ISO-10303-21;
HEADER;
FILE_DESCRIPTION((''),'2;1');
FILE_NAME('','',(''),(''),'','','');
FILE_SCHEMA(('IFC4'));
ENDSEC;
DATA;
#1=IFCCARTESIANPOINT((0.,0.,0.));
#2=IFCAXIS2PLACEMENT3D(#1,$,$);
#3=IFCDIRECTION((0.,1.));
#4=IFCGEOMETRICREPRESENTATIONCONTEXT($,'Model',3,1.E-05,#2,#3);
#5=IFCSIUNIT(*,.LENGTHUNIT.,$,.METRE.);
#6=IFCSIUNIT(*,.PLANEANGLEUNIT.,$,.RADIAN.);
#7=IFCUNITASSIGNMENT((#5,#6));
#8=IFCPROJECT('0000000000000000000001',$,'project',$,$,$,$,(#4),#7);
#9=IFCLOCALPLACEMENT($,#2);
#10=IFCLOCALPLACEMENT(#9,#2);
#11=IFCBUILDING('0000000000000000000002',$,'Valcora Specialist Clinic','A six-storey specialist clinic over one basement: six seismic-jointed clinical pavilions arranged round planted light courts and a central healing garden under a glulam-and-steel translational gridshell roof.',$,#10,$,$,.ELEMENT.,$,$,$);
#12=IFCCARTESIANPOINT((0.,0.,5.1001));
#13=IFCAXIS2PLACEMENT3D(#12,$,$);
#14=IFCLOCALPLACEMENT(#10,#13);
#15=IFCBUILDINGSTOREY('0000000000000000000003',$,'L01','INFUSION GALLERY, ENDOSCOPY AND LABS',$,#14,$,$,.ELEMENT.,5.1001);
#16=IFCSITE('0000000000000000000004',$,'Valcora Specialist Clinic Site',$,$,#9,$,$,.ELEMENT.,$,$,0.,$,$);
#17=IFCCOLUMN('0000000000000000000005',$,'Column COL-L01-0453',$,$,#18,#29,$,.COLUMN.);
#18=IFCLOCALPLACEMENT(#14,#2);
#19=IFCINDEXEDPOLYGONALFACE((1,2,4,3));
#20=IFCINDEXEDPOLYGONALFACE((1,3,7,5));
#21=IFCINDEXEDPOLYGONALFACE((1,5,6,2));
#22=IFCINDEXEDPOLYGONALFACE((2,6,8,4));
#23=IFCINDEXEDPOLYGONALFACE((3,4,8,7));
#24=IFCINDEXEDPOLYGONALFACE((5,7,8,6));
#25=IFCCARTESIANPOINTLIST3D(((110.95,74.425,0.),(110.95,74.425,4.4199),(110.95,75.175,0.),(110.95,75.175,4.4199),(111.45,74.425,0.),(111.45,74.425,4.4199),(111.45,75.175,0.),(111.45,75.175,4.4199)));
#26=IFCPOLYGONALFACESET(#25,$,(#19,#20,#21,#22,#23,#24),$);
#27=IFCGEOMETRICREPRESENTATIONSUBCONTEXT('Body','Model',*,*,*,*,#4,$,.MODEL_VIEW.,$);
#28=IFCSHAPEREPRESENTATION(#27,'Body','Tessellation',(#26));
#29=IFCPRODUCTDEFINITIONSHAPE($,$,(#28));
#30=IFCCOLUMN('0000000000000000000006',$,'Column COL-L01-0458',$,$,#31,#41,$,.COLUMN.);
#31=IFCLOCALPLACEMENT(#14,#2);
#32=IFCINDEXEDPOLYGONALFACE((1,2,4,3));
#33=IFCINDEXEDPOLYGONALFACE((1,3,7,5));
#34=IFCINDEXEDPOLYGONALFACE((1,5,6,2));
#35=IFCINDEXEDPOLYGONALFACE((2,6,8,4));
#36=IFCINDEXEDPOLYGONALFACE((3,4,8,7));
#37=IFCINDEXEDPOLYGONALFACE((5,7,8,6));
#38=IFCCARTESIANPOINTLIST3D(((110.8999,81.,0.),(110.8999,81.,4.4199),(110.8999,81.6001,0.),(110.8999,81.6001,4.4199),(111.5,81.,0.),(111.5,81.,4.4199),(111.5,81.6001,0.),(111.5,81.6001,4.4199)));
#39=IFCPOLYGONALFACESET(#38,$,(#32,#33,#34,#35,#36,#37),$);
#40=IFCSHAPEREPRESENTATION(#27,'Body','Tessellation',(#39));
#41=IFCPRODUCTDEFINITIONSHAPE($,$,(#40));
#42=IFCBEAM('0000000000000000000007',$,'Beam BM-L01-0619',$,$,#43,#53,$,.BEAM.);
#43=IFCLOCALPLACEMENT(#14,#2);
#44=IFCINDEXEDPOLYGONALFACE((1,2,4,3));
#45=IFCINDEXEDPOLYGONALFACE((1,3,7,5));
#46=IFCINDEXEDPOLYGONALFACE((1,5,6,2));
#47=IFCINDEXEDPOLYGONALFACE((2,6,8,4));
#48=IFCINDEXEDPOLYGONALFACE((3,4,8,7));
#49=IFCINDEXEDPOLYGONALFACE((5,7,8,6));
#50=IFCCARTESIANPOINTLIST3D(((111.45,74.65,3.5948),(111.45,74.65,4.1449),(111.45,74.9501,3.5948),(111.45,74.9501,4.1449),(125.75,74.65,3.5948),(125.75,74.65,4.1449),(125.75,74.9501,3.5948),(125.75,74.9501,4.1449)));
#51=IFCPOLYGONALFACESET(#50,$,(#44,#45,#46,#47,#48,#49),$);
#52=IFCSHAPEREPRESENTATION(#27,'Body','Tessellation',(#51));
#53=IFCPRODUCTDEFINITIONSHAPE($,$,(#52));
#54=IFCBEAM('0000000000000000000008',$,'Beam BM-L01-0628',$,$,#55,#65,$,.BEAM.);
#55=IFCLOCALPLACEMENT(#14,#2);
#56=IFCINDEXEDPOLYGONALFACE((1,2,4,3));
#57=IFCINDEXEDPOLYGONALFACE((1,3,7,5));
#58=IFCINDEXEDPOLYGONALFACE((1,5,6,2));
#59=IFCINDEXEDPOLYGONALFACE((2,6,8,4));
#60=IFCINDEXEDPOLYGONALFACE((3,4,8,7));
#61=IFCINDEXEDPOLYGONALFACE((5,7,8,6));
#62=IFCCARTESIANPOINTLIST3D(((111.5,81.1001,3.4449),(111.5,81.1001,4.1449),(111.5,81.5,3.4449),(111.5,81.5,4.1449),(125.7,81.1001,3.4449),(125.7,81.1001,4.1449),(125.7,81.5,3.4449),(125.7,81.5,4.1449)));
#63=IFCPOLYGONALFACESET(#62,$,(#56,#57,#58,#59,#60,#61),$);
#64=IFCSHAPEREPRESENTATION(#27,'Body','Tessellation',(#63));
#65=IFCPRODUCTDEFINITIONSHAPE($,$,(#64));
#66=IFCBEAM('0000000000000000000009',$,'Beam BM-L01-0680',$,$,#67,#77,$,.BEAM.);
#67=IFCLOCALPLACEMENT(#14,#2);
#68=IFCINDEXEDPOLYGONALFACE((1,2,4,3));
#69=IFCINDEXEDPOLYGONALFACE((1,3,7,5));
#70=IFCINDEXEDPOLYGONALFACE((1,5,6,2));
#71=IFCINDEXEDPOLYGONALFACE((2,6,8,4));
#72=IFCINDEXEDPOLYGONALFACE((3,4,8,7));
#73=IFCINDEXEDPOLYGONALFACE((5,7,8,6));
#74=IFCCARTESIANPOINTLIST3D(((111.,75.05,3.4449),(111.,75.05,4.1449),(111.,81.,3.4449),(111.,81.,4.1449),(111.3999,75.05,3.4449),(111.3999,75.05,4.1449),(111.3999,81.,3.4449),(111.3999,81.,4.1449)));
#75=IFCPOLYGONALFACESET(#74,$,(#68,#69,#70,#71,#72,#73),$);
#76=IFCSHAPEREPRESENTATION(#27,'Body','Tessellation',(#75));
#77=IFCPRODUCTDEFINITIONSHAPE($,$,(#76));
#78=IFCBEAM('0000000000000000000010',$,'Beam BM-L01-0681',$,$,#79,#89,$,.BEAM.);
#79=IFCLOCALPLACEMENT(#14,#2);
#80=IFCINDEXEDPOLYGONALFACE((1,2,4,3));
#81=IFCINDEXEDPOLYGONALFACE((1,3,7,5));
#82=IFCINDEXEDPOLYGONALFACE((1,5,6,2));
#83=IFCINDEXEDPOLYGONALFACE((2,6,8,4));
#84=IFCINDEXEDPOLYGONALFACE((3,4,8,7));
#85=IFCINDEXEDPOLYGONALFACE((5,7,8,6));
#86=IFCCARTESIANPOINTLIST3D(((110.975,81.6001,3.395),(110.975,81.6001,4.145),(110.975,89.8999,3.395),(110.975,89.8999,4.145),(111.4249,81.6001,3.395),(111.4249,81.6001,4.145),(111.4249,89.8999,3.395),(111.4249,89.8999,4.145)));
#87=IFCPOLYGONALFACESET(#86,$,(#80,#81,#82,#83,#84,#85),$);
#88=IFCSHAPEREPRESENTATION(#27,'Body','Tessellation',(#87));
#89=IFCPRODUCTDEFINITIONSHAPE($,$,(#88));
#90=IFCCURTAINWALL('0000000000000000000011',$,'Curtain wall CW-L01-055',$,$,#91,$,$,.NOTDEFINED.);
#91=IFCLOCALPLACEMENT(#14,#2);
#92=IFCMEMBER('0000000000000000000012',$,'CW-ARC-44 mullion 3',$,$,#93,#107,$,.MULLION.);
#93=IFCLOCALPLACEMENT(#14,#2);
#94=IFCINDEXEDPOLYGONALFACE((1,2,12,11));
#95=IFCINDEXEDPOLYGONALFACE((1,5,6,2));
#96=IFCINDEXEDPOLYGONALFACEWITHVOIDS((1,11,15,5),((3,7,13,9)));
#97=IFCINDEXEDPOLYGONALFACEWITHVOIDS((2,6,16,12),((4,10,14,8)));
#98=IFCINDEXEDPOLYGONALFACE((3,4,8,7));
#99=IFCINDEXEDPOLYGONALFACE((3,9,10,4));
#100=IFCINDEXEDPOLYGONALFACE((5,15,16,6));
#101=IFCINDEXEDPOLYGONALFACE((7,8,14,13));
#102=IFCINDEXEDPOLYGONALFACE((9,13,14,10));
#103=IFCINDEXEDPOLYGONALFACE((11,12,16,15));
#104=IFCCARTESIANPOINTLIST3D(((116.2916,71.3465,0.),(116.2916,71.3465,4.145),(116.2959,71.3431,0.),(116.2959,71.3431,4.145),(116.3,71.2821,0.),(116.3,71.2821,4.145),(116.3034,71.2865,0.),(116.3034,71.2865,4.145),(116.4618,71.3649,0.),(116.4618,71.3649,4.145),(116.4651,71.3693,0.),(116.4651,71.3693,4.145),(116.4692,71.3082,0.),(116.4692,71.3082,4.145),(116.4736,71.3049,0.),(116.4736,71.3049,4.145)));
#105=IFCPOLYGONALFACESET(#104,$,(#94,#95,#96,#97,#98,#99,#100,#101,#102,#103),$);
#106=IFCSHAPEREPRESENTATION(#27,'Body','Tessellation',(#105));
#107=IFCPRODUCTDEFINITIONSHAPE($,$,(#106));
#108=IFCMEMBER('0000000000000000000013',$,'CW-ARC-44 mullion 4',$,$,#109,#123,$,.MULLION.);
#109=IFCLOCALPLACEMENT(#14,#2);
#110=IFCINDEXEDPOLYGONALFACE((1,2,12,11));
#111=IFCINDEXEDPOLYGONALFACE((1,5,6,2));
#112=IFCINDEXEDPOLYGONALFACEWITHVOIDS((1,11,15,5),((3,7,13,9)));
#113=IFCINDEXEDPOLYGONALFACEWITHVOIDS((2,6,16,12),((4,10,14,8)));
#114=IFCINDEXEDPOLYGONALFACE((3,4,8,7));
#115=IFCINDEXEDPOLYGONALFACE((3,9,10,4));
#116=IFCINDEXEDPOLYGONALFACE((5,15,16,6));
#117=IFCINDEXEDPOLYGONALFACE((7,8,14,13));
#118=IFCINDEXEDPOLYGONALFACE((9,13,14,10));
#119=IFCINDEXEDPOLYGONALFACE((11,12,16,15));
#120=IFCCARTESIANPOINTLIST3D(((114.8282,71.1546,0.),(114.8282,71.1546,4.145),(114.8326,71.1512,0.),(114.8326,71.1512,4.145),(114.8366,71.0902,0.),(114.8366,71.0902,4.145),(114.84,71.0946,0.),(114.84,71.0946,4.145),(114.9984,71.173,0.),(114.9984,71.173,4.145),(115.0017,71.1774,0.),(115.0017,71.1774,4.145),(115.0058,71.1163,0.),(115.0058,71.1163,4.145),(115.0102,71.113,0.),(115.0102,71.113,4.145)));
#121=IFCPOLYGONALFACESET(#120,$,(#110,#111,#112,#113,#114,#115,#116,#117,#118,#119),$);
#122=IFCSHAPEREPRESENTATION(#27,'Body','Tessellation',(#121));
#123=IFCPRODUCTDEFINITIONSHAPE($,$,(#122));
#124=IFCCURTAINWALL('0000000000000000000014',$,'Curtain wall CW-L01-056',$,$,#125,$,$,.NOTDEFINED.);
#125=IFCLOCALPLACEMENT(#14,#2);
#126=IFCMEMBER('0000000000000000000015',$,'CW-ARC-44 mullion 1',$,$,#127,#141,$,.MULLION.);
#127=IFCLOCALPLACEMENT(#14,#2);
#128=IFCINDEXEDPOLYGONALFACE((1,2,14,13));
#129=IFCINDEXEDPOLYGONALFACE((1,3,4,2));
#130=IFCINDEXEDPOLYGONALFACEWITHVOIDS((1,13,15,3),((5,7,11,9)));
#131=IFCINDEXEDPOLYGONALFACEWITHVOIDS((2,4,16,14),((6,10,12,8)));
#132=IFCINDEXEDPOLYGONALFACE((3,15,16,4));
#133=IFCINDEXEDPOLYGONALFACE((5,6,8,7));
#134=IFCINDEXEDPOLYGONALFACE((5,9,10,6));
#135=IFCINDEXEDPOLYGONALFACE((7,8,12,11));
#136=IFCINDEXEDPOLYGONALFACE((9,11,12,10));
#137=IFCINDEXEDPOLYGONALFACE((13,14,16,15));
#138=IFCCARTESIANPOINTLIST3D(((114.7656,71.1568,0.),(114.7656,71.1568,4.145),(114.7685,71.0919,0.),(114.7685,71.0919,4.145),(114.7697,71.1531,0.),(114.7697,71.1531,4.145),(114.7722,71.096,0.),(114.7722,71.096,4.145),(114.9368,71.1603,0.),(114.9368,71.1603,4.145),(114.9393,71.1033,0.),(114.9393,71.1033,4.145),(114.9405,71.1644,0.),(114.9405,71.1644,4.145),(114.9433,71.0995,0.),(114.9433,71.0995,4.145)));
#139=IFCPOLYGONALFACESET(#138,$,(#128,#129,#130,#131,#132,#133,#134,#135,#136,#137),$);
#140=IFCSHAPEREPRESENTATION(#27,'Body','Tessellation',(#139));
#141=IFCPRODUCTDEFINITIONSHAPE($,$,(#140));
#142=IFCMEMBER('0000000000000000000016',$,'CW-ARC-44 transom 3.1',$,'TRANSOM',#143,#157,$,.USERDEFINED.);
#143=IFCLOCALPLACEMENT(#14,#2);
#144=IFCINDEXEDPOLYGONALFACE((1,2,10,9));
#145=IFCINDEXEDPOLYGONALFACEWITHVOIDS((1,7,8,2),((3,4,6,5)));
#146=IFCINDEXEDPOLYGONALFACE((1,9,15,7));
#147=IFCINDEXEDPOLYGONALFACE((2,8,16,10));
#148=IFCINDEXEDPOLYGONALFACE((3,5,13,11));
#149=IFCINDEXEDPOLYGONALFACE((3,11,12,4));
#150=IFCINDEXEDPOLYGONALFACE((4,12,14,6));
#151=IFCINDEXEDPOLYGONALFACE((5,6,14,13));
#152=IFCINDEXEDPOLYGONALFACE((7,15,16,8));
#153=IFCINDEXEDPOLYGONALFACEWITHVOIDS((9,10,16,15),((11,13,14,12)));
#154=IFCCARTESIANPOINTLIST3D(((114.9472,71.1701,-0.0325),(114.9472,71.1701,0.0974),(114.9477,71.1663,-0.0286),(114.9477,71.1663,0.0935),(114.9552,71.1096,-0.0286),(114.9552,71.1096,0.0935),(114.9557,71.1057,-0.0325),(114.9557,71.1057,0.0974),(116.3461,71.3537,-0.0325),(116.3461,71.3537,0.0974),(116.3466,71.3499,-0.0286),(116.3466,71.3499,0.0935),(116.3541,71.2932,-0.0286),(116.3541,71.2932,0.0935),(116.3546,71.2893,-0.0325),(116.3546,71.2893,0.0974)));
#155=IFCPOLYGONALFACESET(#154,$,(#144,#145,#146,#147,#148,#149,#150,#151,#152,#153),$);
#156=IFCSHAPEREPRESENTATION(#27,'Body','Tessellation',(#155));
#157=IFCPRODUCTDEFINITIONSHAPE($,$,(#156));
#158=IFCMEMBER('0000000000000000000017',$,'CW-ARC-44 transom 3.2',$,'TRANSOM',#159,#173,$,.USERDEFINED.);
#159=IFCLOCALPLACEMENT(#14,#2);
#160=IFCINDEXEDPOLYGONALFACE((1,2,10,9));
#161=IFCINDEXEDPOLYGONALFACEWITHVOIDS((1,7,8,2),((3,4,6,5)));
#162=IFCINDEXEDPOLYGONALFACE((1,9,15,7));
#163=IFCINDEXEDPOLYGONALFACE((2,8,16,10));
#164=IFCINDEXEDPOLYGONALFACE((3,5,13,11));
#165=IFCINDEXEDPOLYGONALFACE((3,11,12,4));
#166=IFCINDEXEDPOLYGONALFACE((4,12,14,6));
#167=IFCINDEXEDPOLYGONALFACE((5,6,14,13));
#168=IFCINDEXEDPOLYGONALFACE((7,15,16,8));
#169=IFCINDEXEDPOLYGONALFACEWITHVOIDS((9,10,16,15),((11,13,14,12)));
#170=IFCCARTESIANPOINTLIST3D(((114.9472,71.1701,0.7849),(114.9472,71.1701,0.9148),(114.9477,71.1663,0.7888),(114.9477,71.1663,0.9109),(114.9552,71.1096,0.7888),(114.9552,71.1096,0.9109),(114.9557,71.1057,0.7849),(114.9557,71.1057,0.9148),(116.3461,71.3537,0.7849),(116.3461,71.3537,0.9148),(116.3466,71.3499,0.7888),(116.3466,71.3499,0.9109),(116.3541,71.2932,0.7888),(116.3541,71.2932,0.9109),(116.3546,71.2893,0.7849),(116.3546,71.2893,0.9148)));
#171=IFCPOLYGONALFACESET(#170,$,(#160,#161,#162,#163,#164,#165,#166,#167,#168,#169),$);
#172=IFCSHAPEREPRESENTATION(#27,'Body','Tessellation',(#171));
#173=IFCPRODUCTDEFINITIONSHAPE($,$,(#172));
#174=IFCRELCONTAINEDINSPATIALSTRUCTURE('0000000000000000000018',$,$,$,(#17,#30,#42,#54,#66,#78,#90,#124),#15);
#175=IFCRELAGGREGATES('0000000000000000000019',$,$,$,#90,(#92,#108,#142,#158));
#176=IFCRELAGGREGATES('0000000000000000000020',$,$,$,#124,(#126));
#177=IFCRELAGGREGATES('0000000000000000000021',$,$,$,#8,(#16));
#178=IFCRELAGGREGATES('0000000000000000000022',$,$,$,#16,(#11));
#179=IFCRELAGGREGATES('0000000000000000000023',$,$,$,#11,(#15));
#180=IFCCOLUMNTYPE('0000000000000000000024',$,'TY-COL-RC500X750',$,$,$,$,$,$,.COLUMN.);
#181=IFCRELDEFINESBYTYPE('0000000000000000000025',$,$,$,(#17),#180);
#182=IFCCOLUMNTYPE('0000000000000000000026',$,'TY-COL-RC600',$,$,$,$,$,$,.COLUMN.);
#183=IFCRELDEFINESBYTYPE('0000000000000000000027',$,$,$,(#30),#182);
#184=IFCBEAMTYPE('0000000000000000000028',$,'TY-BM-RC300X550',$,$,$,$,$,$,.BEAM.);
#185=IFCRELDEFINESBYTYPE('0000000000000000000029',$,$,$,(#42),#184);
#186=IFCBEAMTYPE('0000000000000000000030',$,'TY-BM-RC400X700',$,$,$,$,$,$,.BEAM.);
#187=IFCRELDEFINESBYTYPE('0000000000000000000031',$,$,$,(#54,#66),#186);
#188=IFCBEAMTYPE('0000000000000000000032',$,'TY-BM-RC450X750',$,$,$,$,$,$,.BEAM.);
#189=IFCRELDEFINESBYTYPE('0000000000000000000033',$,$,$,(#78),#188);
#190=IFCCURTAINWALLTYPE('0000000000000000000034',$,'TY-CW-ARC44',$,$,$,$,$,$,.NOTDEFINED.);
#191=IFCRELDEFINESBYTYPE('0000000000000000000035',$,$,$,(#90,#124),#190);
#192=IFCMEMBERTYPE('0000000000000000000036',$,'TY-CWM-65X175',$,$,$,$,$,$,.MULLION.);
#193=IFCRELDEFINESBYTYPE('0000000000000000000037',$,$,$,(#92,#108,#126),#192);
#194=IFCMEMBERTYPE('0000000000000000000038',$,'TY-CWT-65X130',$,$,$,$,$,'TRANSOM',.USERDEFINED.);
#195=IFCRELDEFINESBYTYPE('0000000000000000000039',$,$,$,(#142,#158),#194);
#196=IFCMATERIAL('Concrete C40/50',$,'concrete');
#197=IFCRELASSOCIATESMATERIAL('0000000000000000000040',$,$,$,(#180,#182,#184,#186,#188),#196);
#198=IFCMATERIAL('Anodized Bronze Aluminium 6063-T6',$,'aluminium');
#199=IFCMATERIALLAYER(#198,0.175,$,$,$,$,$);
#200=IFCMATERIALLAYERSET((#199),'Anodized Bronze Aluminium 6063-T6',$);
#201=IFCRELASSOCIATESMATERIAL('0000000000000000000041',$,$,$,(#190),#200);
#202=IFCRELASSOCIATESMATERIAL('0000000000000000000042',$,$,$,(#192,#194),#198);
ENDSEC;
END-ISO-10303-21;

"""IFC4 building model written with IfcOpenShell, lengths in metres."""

from ifc_helpers import new_model, si_unit, direction, frame, origin, origin_2d, place, context, subcontext, project, spatial, rectangle, hollow_rectangle, extrude, material, layer, layer_set, material_profile, profile_set, type_object, element, aggregate, save


model = new_model("IFC4")

# Units and contexts
model_context = context("Model", 3, precision=1e-05, world=origin(), true_north=direction((0.0, 1.0)))
body_context = subcontext(model_context, "Body", "Model", "MODEL_VIEW")
ifc_project = project(units=[si_unit("LENGTHUNIT", "METRE"), si_unit("PLANEANGLEUNIT", "RADIAN")], contexts=[model_context])

# Site, building, storey
site_placement = place(None, origin())
site = spatial("IfcSite", under=ifc_project, at=site_placement, Name="Valcora Specialist Clinic Site", CompositionType="ELEMENT", RefElevation=0.0)
building_placement = place(site_placement, origin())
building = spatial("IfcBuilding", under=site, at=building_placement, Name="Valcora Specialist Clinic", Description="A six-storey specialist clinic over one basement: six seismic-jointed clinical pavilions arranged round planted light courts and a central healing garden under a glulam-and-steel translational gridshell roof.", CompositionType="ELEMENT")
storey_placement = place(building_placement, frame((0.0, 0.0, 5.1001)))
storey = spatial("IfcBuildingStorey", under=building, at=storey_placement, Name="L01", Description="INFUSION GALLERY, ENDOSCOPY AND LABS", CompositionType="ELEMENT", Elevation=5.1001)

# Columns
ifc_material_1 = material(Name="Concrete C40/50", Category="concrete")
ifc_material_profile_1 = material_profile(ifc_material_1, rectangle(XDim=0.5, YDim=0.75, at=origin_2d()), Name="RC-COL-500X750")
ifc_profile_set_1 = profile_set([ifc_material_profile_1], Name="Concrete C40/50")
column_type_1 = type_object("IfcColumnType", Name="TY-COL-RC500X750", PredefinedType="COLUMN", material=ifc_profile_set_1)
column_1_placement = place(storey_placement, frame((111.2, 74.8, 0.0), z_axis=(0.0, 0.0, 1.0), x_axis=(1.0, 0.0, 0.0)))
element("IfcColumn", 1, at=column_1_placement, inside=storey, type_object=column_type_1, Name="Column COL-L01-0453", PredefinedType="COLUMN", context=body_context, shape_type="SweptSolid", body=[
    extrude(rectangle(XDim=0.5, YDim=0.75, at=origin_2d()), origin(), (0.0, 0.0, 1.0), 4.4199),
])
ifc_material_profile_2 = material_profile(ifc_material_1, rectangle(XDim=0.6001, YDim=0.6001, at=origin_2d()), Name="RC-COL-600X600")
ifc_profile_set_2 = profile_set([ifc_material_profile_2], Name="Concrete C40/50")
column_type_2 = type_object("IfcColumnType", Name="TY-COL-RC600", PredefinedType="COLUMN", material=ifc_profile_set_2)
column_2_placement = place(storey_placement, frame((111.2, 81.3, 0.0), z_axis=(0.0, 0.0, 1.0), x_axis=(1.0, 0.0, 0.0)))
element("IfcColumn", 2, at=column_2_placement, inside=storey, type_object=column_type_2, Name="Column COL-L01-0458", PredefinedType="COLUMN", context=body_context, shape_type="SweptSolid", body=[
    extrude(rectangle(XDim=0.6001, YDim=0.6001, at=origin_2d()), origin(), (0.0, 0.0, 1.0), 4.4199),
])

# Beams
ifc_material_profile_3 = material_profile(ifc_material_1, rectangle(XDim=0.3, YDim=0.55, at=origin_2d()), Name="RC-BM-300X550")
ifc_profile_set_3 = profile_set([ifc_material_profile_3], Name="Concrete C40/50")
beam_type_1 = type_object("IfcBeamType", Name="TY-BM-RC300X550", PredefinedType="BEAM", material=ifc_profile_set_3)
beam_1_placement = place(storey_placement, frame((111.45, 74.8, 3.8699), z_axis=(1.0, 0.0, 0.0), x_axis=(0.0, 1.0, 0.0)))
element("IfcBeam", 3, at=beam_1_placement, inside=storey, type_object=beam_type_1, Name="Beam BM-L01-0619", PredefinedType="BEAM", context=body_context, shape_type="SweptSolid", body=[
    extrude(rectangle(XDim=0.3, YDim=0.55, at=origin_2d()), origin(), (0.0, 0.0, 1.0), 14.3),
])
ifc_material_profile_4 = material_profile(ifc_material_1, rectangle(XDim=0.3999, YDim=0.7, at=origin_2d()), Name="RC-BM-400X700")
ifc_profile_set_4 = profile_set([ifc_material_profile_4], Name="Concrete C40/50")
beam_type_2 = type_object("IfcBeamType", Name="TY-BM-RC400X700", PredefinedType="BEAM", material=ifc_profile_set_4)
beam_2_placement = place(storey_placement, frame((111.5, 81.3, 3.7949), z_axis=(1.0, 0.0, 0.0), x_axis=(0.0, 1.0, 0.0)))
element("IfcBeam", 4, at=beam_2_placement, inside=storey, type_object=beam_type_2, Name="Beam BM-L01-0628", PredefinedType="BEAM", context=body_context, shape_type="SweptSolid", body=[
    extrude(rectangle(XDim=0.3999, YDim=0.7, at=origin_2d()), origin(), (0.0, 0.0, 1.0), 14.2),
])
beam_3_placement = place(storey_placement, frame((111.2, 75.05, 3.7949), z_axis=(0.0, 1.0, 0.0), x_axis=(-1.0, 0.0, 0.0)))
element("IfcBeam", 5, at=beam_3_placement, inside=storey, type_object=beam_type_2, Name="Beam BM-L01-0680", PredefinedType="BEAM", context=body_context, shape_type="SweptSolid", body=[
    extrude(rectangle(XDim=0.3999, YDim=0.7, at=origin_2d()), origin(), (0.0, 0.0, 1.0), 5.95),
])
ifc_material_profile_5 = material_profile(ifc_material_1, rectangle(XDim=0.45, YDim=0.75, at=origin_2d()), Name="RC-BM-450X750")
ifc_profile_set_5 = profile_set([ifc_material_profile_5], Name="Concrete C40/50")
beam_type_3 = type_object("IfcBeamType", Name="TY-BM-RC450X750", PredefinedType="BEAM", material=ifc_profile_set_5)
beam_4_placement = place(storey_placement, frame((111.2, 81.6001, 3.77), z_axis=(0.0, 1.0, 0.0), x_axis=(-1.0, 0.0, 0.0)))
element("IfcBeam", 6, at=beam_4_placement, inside=storey, type_object=beam_type_3, Name="Beam BM-L01-0681", PredefinedType="BEAM", context=body_context, shape_type="SweptSolid", body=[
    extrude(rectangle(XDim=0.45, YDim=0.75, at=origin_2d()), origin(), (0.0, 0.0, 1.0), 8.2998),
])

# Curtain wall, members
ifc_material_2 = material(Name="Anodized Bronze Aluminium 6063-T6", Category="aluminium")
ifc_layer_1 = layer(ifc_material_2, 0.175)
ifc_layer_set_1 = layer_set([ifc_layer_1], Name="Anodized Bronze Aluminium 6063-T6")
curtain_wall_type = type_object("IfcCurtainWallType", Name="TY-CW-ARC44", PredefinedType="NOTDEFINED", material=ifc_layer_set_1)
curtain_wall_1_placement = place(storey_placement, origin())
curtain_wall_1 = element("IfcCurtainWall", 7, at=curtain_wall_1_placement, inside=storey, type_object=curtain_wall_type, Name="Curtain wall CW-L01-055", PredefinedType="NOTDEFINED")
ifc_material_profile_6 = material_profile(ifc_material_2, hollow_rectangle(XDim=0.0649, YDim=0.175, WallThickness=0.0039, at=origin_2d()), Name="AL-MUL-65X175")
ifc_profile_set_6 = profile_set([ifc_material_profile_6], Name="Anodized Bronze Aluminium 6063-T6")
member_type_1 = type_object("IfcMemberType", Name="TY-CWM-65X175", PredefinedType="MULLION", material=ifc_profile_set_6)
member_1_placement = place(storey_placement, frame((116.3826, 71.3257, 0.0), z_axis=(0.0, 0.0, 1.0), x_axis=(0.129999, -0.991514, 0.0)))
member_1 = element("IfcMember", 8, at=member_1_placement, type_object=member_type_1, Name="CW-ARC-44 mullion 3", PredefinedType="MULLION", context=body_context, shape_type="SweptSolid", body=[
    extrude(hollow_rectangle(XDim=0.0649, YDim=0.175, WallThickness=0.0039, at=origin_2d()), origin(), (0.0, 0.0, 1.0), 4.145),
])
member_2_placement = place(storey_placement, frame((114.9192, 71.1338, 0.0), z_axis=(0.0, 0.0, 1.0), x_axis=(0.129999, -0.991514, 0.0)))
member_2 = element("IfcMember", 9, at=member_2_placement, type_object=member_type_1, Name="CW-ARC-44 mullion 4", PredefinedType="MULLION", context=body_context, shape_type="SweptSolid", body=[
    extrude(hollow_rectangle(XDim=0.0649, YDim=0.175, WallThickness=0.0039, at=origin_2d()), origin(), (0.0, 0.0, 1.0), 4.145),
])

# Curtain wall, member
curtain_wall_2_placement = place(storey_placement, origin())
curtain_wall_2 = element("IfcCurtainWall", 10, at=curtain_wall_2_placement, inside=storey, type_object=curtain_wall_type, Name="Curtain wall CW-L01-056", PredefinedType="NOTDEFINED")
member_3_placement = place(storey_placement, frame((114.8545, 71.1282, 0.0), z_axis=(0.0, 0.0, 1.0), x_axis=(0.043307, -0.999062, 0.0)))
member_3 = element("IfcMember", 11, at=member_3_placement, type_object=member_type_1, Name="CW-ARC-44 mullion 1", PredefinedType="MULLION", context=body_context, shape_type="SweptSolid", body=[
    extrude(hollow_rectangle(XDim=0.0649, YDim=0.175, WallThickness=0.0039, at=origin_2d()), origin(), (0.0, 0.0, 1.0), 4.145),
])

# Members
ifc_material_profile_7 = material_profile(ifc_material_2, hollow_rectangle(XDim=0.0649, YDim=0.1299, WallThickness=0.0039, at=origin_2d()), Name="AL-TRN-65X130")
ifc_profile_set_7 = profile_set([ifc_material_profile_7], Name="Anodized Bronze Aluminium 6063-T6")
member_type_2 = type_object("IfcMemberType", Name="TY-CWT-65X130", ElementType="TRANSOM", PredefinedType="USERDEFINED", material=ifc_profile_set_7)
member_4_placement = place(storey_placement, frame((116.3503, 71.3215, 0.0325), z_axis=(-0.991498, -0.130123, 0.0), x_axis=(0.130123, -0.991498, 0.0)))
member_4 = element("IfcMember", 12, at=member_4_placement, type_object=member_type_2, Name="CW-ARC-44 transom 3.1", ObjectType="TRANSOM", PredefinedType="USERDEFINED", context=body_context, shape_type="SweptSolid", body=[
    extrude(hollow_rectangle(XDim=0.0649, YDim=0.1299, WallThickness=0.0039, at=origin_2d()), origin(), (0.0, 0.0, 1.0), 1.4109),
])
member_5_placement = place(storey_placement, frame((116.3503, 71.3215, 0.8499), z_axis=(-0.991498, -0.130123, 0.0), x_axis=(0.130123, -0.991498, 0.0)))
member_5 = element("IfcMember", 13, at=member_5_placement, type_object=member_type_2, Name="CW-ARC-44 transom 3.2", ObjectType="TRANSOM", PredefinedType="USERDEFINED", context=body_context, shape_type="SweptSolid", body=[
    extrude(hollow_rectangle(XDim=0.0649, YDim=0.1299, WallThickness=0.0039, at=origin_2d()), origin(), (0.0, 0.0, 1.0), 1.4109),
])

aggregate(curtain_wall_1, [member_1, member_2, member_4, member_5])
aggregate(curtain_wall_2, [member_3])

save(model, "model.ifc")
